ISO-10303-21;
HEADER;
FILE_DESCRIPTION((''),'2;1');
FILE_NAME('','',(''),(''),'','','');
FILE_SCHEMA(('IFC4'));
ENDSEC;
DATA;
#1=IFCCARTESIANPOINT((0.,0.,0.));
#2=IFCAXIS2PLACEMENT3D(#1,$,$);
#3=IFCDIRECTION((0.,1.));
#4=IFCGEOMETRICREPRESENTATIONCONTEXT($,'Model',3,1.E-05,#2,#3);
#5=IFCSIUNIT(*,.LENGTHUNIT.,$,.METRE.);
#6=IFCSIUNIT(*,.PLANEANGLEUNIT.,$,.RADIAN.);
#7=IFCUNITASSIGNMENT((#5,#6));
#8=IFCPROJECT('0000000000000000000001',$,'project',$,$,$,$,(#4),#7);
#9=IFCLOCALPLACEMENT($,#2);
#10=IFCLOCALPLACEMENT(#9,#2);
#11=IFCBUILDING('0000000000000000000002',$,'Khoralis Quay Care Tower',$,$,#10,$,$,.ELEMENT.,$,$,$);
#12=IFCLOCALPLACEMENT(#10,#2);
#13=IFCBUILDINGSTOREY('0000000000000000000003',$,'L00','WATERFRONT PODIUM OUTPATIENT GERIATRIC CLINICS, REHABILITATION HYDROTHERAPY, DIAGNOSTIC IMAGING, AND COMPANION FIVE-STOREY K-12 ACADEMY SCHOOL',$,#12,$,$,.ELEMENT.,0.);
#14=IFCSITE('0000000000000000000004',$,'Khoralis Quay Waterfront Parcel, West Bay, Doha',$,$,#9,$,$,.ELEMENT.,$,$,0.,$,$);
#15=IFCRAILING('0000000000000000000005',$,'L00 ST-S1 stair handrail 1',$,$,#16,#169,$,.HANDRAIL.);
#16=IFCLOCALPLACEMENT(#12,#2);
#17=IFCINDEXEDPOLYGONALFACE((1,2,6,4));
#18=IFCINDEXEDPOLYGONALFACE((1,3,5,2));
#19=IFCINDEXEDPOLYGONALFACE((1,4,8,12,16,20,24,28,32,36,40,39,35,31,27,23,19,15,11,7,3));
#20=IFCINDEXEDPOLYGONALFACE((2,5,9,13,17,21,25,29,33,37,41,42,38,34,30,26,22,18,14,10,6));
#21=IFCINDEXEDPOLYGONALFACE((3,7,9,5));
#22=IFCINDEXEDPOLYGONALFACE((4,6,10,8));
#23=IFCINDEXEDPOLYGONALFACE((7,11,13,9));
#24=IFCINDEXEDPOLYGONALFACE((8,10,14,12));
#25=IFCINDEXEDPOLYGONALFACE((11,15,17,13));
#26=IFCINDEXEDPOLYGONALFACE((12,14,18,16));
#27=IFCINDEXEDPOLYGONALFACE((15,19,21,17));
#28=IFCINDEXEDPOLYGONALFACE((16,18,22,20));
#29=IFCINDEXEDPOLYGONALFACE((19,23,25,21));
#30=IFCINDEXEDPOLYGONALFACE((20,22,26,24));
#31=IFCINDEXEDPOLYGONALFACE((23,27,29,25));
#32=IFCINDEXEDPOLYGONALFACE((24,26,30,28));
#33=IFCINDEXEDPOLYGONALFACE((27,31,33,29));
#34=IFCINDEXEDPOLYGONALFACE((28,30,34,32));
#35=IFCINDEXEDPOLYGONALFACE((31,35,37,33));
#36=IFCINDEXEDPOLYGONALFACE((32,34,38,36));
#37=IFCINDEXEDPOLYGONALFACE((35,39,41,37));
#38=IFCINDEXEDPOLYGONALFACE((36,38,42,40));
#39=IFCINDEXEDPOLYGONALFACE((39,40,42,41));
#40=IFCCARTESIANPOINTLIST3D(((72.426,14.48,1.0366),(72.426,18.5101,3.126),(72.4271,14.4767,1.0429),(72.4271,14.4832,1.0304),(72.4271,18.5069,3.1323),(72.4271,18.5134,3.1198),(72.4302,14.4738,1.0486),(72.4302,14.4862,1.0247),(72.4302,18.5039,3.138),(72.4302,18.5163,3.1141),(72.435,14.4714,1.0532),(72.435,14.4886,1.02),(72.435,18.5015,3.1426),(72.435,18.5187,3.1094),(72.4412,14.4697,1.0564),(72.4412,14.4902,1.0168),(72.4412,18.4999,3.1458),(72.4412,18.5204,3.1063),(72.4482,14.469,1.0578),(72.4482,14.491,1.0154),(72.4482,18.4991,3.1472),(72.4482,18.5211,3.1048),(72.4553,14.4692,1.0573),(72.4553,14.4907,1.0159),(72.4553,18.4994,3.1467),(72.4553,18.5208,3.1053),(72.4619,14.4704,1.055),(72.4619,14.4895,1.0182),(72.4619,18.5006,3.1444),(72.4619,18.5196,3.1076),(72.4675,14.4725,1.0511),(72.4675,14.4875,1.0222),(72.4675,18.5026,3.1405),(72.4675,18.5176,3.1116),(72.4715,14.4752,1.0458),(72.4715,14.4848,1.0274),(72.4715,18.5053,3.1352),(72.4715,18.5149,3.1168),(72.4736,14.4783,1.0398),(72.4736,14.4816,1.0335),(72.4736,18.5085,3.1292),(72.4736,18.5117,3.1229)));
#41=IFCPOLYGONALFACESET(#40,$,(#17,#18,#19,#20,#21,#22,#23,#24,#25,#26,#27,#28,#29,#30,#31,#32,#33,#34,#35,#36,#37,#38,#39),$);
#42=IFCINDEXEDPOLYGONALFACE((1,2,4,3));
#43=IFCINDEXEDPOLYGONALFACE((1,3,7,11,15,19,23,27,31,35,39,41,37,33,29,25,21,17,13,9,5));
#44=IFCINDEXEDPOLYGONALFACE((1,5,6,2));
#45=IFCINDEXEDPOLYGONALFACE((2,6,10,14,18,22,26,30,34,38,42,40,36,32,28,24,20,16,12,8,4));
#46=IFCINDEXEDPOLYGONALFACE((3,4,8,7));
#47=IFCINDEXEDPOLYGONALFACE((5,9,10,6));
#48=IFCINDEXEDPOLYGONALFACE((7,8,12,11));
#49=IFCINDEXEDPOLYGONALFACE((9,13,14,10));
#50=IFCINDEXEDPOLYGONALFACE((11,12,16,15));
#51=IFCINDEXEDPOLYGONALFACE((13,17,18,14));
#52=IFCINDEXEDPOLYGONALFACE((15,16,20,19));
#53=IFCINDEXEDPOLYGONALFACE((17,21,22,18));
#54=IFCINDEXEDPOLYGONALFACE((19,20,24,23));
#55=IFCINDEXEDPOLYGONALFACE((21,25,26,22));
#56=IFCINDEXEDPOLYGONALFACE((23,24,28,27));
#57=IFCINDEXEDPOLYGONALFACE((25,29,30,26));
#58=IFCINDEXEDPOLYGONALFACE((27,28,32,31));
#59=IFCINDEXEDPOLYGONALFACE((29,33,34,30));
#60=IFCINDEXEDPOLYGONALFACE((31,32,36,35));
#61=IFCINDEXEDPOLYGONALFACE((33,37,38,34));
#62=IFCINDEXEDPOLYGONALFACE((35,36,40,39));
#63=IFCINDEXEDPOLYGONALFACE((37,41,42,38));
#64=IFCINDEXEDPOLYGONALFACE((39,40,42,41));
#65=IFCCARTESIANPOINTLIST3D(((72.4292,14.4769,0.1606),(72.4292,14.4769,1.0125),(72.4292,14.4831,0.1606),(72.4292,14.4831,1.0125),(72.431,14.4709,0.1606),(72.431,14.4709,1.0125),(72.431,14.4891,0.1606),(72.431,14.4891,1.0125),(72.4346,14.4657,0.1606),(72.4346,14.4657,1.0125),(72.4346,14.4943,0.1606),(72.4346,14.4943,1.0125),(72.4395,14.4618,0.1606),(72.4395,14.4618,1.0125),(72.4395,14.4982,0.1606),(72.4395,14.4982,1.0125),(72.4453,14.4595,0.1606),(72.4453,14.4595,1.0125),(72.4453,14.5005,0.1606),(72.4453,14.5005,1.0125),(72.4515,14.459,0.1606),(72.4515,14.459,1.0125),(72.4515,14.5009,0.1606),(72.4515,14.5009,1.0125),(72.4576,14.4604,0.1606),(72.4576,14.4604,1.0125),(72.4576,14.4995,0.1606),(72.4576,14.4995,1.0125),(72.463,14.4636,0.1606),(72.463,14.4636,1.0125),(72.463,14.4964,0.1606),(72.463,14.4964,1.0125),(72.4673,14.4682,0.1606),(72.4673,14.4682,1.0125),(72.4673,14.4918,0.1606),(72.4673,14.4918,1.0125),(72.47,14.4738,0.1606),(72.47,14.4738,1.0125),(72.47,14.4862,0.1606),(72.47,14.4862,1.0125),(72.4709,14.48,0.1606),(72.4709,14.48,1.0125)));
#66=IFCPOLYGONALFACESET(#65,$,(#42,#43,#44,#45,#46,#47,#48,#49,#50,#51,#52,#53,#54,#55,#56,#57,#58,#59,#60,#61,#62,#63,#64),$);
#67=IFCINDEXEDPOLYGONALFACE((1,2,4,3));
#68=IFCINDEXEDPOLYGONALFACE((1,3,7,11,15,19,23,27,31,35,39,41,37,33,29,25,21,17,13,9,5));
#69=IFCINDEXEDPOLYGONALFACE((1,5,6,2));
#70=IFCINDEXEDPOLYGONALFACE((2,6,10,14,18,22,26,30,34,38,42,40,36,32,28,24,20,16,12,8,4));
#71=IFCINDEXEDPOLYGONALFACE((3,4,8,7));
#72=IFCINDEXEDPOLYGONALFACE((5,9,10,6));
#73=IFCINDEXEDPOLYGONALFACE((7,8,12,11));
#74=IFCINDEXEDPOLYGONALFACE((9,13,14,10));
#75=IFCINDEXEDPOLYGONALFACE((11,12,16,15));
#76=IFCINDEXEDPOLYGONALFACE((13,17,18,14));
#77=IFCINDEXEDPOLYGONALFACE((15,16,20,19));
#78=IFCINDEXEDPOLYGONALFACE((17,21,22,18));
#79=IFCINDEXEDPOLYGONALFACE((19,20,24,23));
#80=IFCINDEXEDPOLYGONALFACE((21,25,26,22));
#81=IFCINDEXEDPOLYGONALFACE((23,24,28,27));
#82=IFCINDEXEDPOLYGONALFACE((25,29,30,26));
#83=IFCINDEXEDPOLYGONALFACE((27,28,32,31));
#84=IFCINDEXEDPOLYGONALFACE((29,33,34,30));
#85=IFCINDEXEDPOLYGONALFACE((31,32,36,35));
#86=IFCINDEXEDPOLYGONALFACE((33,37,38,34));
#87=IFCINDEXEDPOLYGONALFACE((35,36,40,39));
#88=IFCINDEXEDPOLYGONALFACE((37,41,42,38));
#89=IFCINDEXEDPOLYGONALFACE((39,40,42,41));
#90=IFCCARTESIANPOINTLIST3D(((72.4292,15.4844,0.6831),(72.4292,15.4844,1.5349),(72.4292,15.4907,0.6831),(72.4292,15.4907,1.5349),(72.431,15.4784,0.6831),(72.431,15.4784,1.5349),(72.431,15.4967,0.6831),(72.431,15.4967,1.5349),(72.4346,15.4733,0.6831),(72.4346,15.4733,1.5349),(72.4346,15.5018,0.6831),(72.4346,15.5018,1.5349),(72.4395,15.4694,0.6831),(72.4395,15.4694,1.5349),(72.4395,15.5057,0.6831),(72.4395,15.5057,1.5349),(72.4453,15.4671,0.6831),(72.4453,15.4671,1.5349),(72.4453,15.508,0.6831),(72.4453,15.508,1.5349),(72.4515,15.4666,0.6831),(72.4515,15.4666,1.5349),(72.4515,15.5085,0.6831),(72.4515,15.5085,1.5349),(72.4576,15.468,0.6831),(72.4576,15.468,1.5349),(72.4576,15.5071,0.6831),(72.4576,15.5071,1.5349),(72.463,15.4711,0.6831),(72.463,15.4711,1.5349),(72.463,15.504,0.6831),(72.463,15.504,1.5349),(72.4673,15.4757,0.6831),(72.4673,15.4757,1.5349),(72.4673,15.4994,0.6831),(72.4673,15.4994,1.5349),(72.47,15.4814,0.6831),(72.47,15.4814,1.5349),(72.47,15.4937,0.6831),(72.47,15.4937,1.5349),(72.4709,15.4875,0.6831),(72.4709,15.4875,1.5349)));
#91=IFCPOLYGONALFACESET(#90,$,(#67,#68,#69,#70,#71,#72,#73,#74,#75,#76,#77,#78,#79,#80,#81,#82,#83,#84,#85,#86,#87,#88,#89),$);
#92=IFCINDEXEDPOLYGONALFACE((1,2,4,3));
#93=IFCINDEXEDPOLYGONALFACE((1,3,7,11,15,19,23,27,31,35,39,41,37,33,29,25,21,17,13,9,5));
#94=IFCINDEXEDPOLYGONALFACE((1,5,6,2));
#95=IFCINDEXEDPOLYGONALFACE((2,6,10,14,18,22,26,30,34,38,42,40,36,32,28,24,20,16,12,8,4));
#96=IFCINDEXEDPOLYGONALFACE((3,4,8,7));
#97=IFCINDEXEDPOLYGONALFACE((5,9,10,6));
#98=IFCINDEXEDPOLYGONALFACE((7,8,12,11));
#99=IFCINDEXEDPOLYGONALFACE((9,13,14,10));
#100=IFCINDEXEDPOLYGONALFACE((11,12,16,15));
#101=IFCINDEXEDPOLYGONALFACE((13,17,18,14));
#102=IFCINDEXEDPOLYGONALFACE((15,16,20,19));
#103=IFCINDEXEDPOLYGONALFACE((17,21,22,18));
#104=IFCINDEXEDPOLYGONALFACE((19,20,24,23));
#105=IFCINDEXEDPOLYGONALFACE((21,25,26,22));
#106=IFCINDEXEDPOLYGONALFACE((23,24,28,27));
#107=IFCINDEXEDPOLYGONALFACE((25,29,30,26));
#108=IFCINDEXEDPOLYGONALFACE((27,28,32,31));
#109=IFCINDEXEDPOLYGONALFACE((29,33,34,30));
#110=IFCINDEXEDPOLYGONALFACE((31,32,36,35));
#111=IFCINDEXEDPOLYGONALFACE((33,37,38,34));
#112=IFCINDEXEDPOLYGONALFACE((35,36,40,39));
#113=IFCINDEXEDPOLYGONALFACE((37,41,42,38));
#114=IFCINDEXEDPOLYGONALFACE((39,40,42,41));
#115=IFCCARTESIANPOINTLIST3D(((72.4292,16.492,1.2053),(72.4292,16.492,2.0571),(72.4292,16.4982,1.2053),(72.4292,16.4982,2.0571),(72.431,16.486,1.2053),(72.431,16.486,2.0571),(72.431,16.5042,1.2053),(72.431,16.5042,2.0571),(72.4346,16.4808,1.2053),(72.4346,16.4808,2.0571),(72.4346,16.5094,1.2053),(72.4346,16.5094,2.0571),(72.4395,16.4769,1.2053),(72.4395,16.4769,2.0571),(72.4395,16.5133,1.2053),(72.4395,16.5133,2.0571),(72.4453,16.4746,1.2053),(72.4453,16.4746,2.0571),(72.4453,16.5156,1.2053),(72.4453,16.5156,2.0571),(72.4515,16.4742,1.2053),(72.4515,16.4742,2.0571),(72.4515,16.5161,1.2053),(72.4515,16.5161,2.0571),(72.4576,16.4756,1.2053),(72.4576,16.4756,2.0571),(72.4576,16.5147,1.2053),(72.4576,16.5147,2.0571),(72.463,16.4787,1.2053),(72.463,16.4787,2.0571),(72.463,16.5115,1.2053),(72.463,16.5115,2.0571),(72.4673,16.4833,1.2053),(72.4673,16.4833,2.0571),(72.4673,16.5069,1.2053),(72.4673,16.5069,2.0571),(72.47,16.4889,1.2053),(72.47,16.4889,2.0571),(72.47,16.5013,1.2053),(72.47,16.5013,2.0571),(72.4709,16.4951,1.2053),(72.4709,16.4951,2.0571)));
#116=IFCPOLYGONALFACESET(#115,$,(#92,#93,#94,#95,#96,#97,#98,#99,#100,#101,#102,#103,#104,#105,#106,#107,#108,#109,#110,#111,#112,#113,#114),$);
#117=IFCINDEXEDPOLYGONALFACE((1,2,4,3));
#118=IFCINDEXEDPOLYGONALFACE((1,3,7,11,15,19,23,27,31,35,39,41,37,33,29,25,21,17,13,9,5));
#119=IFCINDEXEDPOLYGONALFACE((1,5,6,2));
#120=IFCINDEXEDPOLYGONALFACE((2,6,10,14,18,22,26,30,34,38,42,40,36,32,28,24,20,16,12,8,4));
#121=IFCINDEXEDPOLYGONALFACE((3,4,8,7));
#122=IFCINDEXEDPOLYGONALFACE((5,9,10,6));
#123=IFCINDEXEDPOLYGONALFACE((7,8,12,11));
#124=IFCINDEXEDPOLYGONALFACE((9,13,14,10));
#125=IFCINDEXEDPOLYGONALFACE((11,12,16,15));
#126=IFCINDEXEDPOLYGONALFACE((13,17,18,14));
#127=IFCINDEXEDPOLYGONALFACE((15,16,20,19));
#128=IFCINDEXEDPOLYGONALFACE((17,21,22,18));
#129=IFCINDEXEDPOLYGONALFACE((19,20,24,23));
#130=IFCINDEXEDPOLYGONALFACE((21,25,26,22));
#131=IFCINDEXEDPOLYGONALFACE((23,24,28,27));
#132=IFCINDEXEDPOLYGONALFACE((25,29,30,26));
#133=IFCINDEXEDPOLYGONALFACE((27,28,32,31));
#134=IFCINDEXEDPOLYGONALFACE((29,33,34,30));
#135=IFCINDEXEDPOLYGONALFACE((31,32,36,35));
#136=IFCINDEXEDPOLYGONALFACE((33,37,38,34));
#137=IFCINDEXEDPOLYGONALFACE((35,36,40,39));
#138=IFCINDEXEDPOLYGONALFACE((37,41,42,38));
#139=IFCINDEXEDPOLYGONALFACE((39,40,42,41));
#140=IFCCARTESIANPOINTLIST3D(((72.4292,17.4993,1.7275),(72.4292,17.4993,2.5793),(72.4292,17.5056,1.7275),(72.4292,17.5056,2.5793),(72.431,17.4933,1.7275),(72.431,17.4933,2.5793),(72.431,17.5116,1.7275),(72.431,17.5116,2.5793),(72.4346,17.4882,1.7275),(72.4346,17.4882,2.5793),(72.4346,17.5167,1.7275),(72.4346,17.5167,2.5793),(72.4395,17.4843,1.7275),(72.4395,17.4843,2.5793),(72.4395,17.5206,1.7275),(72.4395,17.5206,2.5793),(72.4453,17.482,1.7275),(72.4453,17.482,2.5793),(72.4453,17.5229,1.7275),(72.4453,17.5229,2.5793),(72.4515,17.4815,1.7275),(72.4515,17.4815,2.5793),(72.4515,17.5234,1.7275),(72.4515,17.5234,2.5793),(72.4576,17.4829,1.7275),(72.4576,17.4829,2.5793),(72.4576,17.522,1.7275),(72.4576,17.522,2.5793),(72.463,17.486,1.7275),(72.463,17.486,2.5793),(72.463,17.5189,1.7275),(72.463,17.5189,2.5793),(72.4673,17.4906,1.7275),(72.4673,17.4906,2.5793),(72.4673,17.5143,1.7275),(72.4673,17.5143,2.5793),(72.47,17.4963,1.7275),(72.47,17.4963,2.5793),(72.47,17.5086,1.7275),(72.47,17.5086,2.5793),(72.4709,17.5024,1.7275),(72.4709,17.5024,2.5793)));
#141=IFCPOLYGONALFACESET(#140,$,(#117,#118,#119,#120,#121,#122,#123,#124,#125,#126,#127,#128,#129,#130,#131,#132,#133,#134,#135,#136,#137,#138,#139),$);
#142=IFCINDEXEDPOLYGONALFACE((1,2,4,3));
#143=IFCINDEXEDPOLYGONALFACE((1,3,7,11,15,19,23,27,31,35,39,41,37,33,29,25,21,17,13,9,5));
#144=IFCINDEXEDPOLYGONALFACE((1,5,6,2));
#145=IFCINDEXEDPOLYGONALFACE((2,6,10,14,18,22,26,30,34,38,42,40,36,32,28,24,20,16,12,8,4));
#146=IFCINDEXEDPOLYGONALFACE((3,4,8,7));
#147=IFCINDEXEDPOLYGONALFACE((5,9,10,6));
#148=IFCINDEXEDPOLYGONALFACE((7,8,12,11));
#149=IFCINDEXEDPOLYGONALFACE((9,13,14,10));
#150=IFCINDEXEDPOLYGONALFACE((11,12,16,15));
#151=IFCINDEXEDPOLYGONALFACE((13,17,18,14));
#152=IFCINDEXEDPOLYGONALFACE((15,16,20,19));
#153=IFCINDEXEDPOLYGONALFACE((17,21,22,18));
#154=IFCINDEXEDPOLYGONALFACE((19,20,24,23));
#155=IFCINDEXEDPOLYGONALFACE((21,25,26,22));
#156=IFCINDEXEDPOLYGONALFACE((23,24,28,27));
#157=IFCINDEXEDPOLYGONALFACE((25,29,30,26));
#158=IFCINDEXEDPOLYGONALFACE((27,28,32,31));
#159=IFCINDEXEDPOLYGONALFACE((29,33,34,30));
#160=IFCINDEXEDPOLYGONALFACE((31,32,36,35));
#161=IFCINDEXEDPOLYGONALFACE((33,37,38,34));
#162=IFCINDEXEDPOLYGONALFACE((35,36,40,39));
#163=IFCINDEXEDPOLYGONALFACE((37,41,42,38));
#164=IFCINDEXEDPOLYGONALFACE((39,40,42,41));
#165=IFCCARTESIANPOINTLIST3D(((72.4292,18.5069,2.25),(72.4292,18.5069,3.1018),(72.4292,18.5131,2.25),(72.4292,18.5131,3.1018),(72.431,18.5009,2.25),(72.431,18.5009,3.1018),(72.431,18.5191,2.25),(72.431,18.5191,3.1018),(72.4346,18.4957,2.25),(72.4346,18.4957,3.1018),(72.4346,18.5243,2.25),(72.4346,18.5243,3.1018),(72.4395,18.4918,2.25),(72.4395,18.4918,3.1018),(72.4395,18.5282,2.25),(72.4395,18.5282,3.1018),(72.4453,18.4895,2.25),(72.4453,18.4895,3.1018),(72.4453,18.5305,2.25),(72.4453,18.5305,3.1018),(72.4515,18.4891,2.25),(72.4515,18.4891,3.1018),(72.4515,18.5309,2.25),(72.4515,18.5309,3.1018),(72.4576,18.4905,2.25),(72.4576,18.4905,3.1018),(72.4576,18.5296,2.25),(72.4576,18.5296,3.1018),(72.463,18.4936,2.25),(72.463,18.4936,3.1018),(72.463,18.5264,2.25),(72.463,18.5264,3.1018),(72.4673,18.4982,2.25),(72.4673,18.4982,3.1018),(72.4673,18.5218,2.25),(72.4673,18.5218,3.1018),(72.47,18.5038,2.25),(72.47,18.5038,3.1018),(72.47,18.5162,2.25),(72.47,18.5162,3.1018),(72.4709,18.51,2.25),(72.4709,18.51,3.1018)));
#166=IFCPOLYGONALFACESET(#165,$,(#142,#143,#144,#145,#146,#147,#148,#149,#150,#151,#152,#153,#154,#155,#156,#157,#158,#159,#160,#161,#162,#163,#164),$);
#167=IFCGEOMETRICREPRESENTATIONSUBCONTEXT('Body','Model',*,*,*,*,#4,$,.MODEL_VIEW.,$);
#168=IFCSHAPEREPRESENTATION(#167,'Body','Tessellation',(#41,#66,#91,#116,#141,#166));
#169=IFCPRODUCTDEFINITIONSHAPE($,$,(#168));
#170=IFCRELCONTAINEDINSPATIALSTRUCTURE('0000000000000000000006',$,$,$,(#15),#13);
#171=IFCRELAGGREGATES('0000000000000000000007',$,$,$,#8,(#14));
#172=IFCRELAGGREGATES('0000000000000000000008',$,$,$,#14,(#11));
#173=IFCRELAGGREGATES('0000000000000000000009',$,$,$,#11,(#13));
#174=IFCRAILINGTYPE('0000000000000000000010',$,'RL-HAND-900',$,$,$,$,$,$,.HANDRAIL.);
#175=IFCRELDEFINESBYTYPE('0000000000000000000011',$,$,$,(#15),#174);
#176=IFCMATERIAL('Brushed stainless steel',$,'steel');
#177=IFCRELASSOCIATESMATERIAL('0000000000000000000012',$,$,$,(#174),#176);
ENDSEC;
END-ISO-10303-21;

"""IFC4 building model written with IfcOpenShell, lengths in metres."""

from ifc_helpers import new_model, si_unit, direction, frame, origin, origin_2d, place, context, subcontext, project, spatial, circle, extrude, material, type_object, element, save


model = new_model("IFC4")

# Units and contexts
model_context = context("Model", 3, precision=1e-05, world=origin(), true_north=direction((0.0, 1.0)))
body_context = subcontext(model_context, "Body", "Model", "MODEL_VIEW")
ifc_project = project(units=[si_unit("LENGTHUNIT", "METRE"), si_unit("PLANEANGLEUNIT", "RADIAN")], contexts=[model_context])

# Site, building, storey
site_placement = place(None, origin())
site = spatial("IfcSite", under=ifc_project, at=site_placement, Name="Khoralis Quay Waterfront Parcel, West Bay, Doha", CompositionType="ELEMENT", RefElevation=0.0)
building_placement = place(site_placement, origin())
building = spatial("IfcBuilding", under=site, at=building_placement, Name="Khoralis Quay Care Tower", CompositionType="ELEMENT")
storey_placement = place(building_placement, origin())
storey = spatial("IfcBuildingStorey", under=building, at=storey_placement, Name="L00", Description="WATERFRONT PODIUM OUTPATIENT GERIATRIC CLINICS, REHABILITATION HYDROTHERAPY, DIAGNOSTIC IMAGING, AND COMPANION FIVE-STOREY K-12 ACADEMY SCHOOL", CompositionType="ELEMENT", Elevation=0.0)

# Shared definitions
ifc_material_1 = material(Name="Brushed stainless steel", Category="steel")

# Railing
railing_type_1 = type_object("IfcRailingType", Name="RL-HAND-900", PredefinedType="HANDRAIL", material=ifc_material_1)
railing_1_placement = place(storey_placement, frame((72.45, 14.48, 0.1606)))
element("IfcRailing", 1, at=railing_1_placement, inside=storey, type_object=railing_type_1, Name="L00 ST-S1 stair handrail 1", PredefinedType="HANDRAIL", context=body_context, shape_type="SweptSolid", body=[
    extrude(circle(Radius=0.0239, at=origin_2d()), frame((0.0, 0.0, 0.876), z_axis=(0.0, 0.887781, 0.460267), x_axis=(-1.0, 0.0, 0.0)), (0.0, 0.0, 1.0), 4.5396),
    extrude(circle(Radius=0.021, at=origin_2d()), origin(), (0.0, 0.0, 1.0), 0.8518),
    extrude(circle(Radius=0.021, at=origin_2d()), frame((0.0, 1.0076, 0.5225)), (0.0, 0.0, 1.0), 0.8518),
    extrude(circle(Radius=0.021, at=origin_2d()), frame((0.0, 2.0151, 1.0447)), (0.0, 0.0, 1.0), 0.8518),
    extrude(circle(Radius=0.021, at=origin_2d()), frame((0.0, 3.0225, 1.5669)), (0.0, 0.0, 1.0), 0.8518),
    extrude(circle(Radius=0.021, at=origin_2d()), frame((0.0, 4.03, 2.0894)), (0.0, 0.0, 1.0), 0.8518),
])

save(model, "model.ifc")
